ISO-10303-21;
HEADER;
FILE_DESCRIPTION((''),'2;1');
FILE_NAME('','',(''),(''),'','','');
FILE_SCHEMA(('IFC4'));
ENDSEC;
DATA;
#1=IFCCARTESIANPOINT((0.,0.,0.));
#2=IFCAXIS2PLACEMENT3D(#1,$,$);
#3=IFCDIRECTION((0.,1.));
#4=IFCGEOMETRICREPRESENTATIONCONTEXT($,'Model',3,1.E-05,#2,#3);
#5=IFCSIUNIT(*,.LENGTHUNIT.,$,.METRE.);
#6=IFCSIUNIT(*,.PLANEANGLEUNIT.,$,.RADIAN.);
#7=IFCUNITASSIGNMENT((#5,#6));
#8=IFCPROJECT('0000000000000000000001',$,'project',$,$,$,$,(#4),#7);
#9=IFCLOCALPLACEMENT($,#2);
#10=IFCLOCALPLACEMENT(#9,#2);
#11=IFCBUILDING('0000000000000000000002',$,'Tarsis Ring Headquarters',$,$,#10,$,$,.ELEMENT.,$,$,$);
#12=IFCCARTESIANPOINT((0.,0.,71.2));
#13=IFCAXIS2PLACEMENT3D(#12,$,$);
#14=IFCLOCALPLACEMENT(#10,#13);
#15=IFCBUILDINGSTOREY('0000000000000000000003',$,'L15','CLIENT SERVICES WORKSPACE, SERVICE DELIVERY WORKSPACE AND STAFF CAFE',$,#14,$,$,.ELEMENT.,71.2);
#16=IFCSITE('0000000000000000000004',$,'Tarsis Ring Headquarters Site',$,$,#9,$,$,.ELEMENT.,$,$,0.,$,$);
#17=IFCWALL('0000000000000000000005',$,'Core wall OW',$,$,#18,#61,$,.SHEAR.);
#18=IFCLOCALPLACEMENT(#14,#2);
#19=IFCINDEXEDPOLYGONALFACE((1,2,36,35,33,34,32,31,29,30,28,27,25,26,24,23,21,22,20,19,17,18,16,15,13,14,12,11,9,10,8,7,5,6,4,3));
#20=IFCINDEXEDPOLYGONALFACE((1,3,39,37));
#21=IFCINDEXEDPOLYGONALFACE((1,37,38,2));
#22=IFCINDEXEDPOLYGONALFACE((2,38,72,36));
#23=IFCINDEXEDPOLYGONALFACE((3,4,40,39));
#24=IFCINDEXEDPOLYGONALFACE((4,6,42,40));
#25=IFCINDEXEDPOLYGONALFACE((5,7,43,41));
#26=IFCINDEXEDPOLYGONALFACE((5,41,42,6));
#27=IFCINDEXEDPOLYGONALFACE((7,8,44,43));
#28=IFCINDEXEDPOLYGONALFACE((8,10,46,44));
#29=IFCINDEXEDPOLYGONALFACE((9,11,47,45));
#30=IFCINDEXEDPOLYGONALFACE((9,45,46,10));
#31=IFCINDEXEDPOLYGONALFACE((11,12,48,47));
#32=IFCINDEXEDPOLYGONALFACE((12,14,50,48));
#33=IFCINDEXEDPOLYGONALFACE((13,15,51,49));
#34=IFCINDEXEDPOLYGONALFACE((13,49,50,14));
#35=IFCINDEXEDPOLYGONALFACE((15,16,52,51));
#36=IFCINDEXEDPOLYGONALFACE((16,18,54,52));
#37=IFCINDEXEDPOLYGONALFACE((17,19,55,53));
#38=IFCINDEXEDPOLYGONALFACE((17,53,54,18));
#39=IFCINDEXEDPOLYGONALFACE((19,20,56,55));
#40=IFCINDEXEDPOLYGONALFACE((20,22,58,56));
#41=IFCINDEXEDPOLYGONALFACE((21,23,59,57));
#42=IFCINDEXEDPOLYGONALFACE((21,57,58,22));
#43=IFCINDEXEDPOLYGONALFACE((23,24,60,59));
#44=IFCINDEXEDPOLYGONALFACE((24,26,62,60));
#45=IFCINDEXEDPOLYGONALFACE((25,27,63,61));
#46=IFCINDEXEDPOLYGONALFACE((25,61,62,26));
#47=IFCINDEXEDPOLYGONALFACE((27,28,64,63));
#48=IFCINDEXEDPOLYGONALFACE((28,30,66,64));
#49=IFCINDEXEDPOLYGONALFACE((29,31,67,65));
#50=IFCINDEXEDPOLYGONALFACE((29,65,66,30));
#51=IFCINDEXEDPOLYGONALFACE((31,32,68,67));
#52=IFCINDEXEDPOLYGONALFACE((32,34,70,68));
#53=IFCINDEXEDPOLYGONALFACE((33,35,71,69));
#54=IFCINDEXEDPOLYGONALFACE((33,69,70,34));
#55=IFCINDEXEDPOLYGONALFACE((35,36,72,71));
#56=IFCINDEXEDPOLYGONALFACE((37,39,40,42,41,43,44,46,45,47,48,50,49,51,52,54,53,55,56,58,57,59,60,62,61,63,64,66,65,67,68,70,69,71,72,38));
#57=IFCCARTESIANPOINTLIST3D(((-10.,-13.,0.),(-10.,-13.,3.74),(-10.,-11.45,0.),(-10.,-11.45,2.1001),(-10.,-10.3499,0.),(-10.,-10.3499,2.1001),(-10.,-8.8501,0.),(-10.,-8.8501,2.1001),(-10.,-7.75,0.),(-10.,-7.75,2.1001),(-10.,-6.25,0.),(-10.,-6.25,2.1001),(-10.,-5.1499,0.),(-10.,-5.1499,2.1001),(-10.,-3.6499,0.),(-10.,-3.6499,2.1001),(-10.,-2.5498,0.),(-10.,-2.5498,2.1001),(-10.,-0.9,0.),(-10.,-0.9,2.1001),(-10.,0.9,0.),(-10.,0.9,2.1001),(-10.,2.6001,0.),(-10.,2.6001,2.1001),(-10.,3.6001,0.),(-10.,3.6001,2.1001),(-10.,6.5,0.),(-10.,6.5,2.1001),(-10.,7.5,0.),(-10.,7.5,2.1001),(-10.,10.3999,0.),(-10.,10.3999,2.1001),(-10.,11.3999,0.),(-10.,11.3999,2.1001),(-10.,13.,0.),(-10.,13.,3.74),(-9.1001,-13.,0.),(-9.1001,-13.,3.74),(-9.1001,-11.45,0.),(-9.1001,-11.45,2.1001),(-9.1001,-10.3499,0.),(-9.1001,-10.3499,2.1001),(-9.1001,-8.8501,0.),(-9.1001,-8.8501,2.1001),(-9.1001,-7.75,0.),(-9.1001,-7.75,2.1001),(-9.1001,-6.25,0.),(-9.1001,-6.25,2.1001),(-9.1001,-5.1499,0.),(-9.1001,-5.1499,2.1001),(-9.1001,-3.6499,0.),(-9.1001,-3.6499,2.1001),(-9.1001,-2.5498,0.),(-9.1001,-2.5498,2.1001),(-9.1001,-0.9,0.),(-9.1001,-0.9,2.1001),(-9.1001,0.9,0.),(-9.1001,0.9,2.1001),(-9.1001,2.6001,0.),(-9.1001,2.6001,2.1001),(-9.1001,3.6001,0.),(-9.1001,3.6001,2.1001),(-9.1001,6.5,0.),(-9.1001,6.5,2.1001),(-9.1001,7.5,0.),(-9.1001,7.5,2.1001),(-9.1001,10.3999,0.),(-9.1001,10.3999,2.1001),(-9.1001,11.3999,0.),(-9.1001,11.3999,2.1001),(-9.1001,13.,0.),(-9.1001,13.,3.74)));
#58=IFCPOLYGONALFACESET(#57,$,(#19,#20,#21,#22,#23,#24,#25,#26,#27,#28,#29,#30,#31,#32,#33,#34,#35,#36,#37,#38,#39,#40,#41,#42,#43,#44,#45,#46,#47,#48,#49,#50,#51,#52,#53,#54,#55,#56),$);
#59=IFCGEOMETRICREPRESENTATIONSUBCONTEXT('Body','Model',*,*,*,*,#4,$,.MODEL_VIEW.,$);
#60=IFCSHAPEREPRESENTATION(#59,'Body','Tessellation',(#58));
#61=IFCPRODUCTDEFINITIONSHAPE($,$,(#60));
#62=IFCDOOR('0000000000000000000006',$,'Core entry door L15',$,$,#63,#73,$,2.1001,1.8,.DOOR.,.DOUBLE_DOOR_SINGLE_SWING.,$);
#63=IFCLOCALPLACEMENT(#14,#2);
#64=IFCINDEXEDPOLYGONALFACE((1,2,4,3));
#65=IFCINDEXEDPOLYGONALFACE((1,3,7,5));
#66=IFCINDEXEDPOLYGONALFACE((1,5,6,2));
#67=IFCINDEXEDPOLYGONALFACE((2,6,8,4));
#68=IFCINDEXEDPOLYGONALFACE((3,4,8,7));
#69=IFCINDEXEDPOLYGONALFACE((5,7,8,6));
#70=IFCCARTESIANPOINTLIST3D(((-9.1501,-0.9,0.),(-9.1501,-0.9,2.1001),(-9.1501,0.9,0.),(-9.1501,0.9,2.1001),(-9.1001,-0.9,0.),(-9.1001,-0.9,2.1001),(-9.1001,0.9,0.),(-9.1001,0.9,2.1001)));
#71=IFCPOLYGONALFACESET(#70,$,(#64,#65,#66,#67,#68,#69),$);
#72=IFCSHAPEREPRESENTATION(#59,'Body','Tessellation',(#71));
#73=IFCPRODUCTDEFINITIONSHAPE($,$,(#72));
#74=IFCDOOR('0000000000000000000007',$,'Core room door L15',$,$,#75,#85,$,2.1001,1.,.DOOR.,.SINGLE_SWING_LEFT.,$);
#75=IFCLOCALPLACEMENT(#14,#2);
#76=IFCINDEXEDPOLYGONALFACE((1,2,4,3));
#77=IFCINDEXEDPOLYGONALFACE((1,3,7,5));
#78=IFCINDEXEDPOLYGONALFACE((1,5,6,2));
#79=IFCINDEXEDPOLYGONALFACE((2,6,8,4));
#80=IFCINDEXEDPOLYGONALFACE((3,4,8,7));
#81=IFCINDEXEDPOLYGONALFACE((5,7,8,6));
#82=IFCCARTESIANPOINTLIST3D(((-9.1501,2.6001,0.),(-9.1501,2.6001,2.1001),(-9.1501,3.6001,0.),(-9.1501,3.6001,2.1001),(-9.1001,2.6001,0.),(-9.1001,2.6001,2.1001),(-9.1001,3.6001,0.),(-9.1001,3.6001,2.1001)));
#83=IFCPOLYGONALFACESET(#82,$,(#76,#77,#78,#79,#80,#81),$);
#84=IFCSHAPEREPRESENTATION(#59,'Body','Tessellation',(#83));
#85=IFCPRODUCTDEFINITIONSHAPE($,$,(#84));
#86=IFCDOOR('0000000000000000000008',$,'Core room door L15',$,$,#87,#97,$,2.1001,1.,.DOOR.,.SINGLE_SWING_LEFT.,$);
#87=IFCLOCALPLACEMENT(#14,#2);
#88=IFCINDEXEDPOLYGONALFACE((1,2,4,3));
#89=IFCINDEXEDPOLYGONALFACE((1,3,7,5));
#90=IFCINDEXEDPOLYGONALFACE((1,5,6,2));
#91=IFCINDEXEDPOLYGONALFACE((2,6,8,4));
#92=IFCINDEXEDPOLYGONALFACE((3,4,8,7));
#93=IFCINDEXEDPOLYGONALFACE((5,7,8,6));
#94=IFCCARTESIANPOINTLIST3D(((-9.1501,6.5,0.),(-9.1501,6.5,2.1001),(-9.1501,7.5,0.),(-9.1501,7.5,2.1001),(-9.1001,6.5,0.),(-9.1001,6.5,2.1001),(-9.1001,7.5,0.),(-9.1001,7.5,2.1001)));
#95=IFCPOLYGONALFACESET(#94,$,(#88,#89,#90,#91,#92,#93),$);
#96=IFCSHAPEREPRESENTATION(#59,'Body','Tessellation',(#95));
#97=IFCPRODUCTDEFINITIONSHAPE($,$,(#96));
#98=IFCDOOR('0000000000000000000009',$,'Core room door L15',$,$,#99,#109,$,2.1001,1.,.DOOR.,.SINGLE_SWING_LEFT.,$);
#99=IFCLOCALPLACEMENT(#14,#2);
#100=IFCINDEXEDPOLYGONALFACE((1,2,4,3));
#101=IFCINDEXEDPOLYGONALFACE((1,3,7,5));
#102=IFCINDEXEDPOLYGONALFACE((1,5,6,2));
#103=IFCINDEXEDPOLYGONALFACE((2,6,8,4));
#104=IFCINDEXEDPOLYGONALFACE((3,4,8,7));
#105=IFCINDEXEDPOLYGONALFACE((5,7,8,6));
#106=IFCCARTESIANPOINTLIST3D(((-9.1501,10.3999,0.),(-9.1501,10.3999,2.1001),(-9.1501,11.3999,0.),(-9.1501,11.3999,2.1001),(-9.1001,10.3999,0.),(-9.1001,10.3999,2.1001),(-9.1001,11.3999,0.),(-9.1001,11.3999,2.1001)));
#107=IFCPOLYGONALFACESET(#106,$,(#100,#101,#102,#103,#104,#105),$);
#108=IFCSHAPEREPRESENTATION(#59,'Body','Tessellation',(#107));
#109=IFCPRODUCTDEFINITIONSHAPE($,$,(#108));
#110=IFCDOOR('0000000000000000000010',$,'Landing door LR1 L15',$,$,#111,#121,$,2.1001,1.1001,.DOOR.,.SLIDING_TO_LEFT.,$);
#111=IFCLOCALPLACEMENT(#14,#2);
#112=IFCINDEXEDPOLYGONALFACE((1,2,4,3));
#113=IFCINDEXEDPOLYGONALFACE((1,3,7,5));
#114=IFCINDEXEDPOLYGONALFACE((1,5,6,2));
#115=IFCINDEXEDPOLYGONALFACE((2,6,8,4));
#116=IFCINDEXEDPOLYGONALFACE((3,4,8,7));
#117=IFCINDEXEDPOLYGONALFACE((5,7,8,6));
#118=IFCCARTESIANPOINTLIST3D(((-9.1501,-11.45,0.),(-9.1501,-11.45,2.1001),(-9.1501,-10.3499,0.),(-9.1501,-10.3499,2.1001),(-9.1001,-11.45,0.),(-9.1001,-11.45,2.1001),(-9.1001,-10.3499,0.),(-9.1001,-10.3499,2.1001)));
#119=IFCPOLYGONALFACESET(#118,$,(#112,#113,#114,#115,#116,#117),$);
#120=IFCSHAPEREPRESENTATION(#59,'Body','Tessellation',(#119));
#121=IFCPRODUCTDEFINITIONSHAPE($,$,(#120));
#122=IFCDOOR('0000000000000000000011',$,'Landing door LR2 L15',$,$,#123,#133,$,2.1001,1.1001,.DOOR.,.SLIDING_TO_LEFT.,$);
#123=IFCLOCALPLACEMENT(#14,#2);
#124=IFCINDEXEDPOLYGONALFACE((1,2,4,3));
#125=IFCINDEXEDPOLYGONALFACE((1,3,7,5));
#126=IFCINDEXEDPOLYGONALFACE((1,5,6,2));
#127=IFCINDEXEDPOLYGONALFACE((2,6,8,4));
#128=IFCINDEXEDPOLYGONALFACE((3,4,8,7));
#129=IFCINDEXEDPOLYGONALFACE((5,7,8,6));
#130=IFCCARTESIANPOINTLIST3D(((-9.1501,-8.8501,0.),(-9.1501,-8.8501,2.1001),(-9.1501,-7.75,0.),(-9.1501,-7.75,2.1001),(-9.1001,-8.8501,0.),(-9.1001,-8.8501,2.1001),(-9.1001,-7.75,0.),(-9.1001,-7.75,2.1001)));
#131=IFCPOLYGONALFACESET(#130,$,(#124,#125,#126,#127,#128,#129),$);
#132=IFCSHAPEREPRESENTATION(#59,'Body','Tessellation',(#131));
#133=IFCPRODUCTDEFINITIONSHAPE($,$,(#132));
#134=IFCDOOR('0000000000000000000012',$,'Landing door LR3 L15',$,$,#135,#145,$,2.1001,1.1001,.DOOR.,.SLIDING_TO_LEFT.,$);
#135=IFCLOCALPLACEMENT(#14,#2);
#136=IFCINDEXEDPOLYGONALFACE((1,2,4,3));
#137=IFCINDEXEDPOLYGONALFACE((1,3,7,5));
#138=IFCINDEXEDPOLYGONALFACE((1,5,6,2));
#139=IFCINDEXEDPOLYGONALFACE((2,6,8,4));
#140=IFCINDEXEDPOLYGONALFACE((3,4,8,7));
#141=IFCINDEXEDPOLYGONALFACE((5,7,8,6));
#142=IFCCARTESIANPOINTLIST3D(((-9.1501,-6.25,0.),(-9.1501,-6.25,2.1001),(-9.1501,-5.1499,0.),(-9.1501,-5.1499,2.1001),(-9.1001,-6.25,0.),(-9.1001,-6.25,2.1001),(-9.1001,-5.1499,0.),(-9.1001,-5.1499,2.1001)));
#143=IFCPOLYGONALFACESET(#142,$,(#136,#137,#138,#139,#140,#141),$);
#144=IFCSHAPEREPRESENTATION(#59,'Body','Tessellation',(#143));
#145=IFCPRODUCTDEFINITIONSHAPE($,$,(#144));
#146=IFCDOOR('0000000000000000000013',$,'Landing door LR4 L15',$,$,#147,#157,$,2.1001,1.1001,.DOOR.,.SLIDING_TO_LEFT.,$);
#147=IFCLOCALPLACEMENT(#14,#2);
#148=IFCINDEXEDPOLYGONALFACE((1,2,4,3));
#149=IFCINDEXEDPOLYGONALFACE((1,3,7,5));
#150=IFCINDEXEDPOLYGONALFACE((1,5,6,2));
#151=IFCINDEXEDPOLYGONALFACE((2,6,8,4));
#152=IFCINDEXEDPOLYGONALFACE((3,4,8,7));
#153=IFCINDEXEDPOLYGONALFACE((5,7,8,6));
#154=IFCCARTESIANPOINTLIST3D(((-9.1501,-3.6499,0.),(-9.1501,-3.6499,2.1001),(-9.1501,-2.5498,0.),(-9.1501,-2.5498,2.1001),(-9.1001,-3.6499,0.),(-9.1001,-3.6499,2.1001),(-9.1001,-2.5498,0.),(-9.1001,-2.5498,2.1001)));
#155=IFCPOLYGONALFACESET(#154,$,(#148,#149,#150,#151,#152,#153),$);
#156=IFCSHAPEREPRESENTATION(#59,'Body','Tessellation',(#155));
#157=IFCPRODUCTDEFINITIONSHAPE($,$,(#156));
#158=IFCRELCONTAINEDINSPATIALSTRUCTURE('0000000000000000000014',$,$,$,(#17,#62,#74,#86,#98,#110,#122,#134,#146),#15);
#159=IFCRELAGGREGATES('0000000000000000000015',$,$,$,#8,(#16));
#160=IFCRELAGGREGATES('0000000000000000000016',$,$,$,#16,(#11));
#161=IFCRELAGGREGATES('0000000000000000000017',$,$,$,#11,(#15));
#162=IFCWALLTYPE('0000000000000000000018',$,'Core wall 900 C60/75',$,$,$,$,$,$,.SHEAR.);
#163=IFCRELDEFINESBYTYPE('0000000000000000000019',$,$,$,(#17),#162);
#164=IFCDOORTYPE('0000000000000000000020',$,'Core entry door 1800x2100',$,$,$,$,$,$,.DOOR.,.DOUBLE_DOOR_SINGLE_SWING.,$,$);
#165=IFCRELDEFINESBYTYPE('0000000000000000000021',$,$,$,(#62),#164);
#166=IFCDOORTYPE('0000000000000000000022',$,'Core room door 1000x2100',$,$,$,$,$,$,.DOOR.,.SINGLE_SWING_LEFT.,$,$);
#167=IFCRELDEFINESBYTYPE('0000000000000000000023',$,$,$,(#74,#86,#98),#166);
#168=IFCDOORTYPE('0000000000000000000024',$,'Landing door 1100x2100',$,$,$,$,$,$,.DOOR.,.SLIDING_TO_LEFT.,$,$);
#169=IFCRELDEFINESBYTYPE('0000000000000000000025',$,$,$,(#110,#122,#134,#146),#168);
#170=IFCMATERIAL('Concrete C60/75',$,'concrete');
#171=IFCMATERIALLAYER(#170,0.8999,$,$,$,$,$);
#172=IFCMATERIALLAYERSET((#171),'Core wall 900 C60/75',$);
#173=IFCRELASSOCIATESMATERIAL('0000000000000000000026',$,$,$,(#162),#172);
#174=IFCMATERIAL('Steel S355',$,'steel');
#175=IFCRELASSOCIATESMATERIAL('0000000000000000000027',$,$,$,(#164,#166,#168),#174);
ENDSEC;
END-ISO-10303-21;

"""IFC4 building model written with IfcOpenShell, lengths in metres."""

from ifc_helpers import new_model, si_unit, direction, frame, frame_2d, origin, place, context, subcontext, project, spatial, rectangle, extrude, material, layer, layer_set, type_object, element, fill, save


model = new_model("IFC4")

# Units and contexts
model_context = context("Model", 3, precision=1e-05, world=origin(), true_north=direction((0.0, 1.0)))
body_context = subcontext(model_context, "Body", "Model", "MODEL_VIEW")
ifc_project = project(units=[si_unit("LENGTHUNIT", "METRE"), si_unit("PLANEANGLEUNIT", "RADIAN")], contexts=[model_context])

# Site, building, storey
site_placement = place(None, origin())
site = spatial("IfcSite", under=ifc_project, at=site_placement, Name="Tarsis Ring Headquarters Site", CompositionType="ELEMENT", RefElevation=0.0)
building_placement = place(site_placement, origin())
building = spatial("IfcBuilding", under=site, at=building_placement, Name="Tarsis Ring Headquarters", CompositionType="ELEMENT")
storey_placement = place(building_placement, frame((0.0, 0.0, 71.2)))
storey = spatial("IfcBuildingStorey", under=building, at=storey_placement, Name="L15", Description="CLIENT SERVICES WORKSPACE, SERVICE DELIVERY WORKSPACE AND STAFF CAFE", CompositionType="ELEMENT", Elevation=71.2)

# Wall, openings, doors
ifc_material_1 = material(Name="Concrete C60/75", Category="concrete")
ifc_layer_1 = layer(ifc_material_1, 0.8999)
ifc_layer_set_1 = layer_set([ifc_layer_1], Name="Core wall 900 C60/75")
wall_type_1 = type_object("IfcWallType", Name="Core wall 900 C60/75", PredefinedType="SHEAR", material=ifc_layer_set_1)
wall_1_placement = place(storey_placement, frame((-9.55, -13.0, 0.0), z_axis=(0.0, 0.0, 1.0), x_axis=(0.0, 1.0, 0.0)))
wall_1 = element("IfcWall", 1, at=wall_1_placement, inside=storey, type_object=wall_type_1, Name="Core wall OW", PredefinedType="SHEAR", context=body_context, shape_type="SweptSolid", body=[
    extrude(rectangle(XDim=26.0, YDim=0.8999, at=frame_2d((13.0, 0.0))), origin(), (0.0, 0.0, 1.0), 3.74),
])
opening_1_placement = place(wall_1_placement, frame((1.55, 0.0, 0.0)))
opening_1 = element("IfcOpeningElement", 2, at=opening_1_placement, cuts=wall_1, PredefinedType="OPENING", context=body_context, shape_type="SweptSolid", body=[
    extrude(rectangle(XDim=1.1001, YDim=2.1001, at=frame_2d((0.55, 1.05))), frame((0.0, 0.46, 0.0), z_axis=(0.0, -1.0, 0.0), x_axis=(1.0, 0.0, 0.0)), (0.0, 0.0, 1.0), 0.9199),
])
opening_2_placement = place(wall_1_placement, frame((4.1499, 0.0, 0.0)))
opening_2 = element("IfcOpeningElement", 3, at=opening_2_placement, cuts=wall_1, PredefinedType="OPENING", context=body_context, shape_type="SweptSolid", body=[
    extrude(rectangle(XDim=1.1001, YDim=2.1001, at=frame_2d((0.55, 1.05))), frame((0.0, 0.46, 0.0), z_axis=(0.0, -1.0, 0.0), x_axis=(1.0, 0.0, 0.0)), (0.0, 0.0, 1.0), 0.9199),
])
opening_3_placement = place(wall_1_placement, frame((6.75, 0.0, 0.0)))
opening_3 = element("IfcOpeningElement", 4, at=opening_3_placement, cuts=wall_1, PredefinedType="OPENING", context=body_context, shape_type="SweptSolid", body=[
    extrude(rectangle(XDim=1.1001, YDim=2.1001, at=frame_2d((0.55, 1.05))), frame((0.0, 0.46, 0.0), z_axis=(0.0, -1.0, 0.0), x_axis=(1.0, 0.0, 0.0)), (0.0, 0.0, 1.0), 0.9199),
])
opening_4_placement = place(wall_1_placement, frame((9.3501, 0.0, 0.0)))
opening_4 = element("IfcOpeningElement", 5, at=opening_4_placement, cuts=wall_1, PredefinedType="OPENING", context=body_context, shape_type="SweptSolid", body=[
    extrude(rectangle(XDim=1.1001, YDim=2.1001, at=frame_2d((0.55, 1.05))), frame((0.0, 0.46, 0.0), z_axis=(0.0, -1.0, 0.0), x_axis=(1.0, 0.0, 0.0)), (0.0, 0.0, 1.0), 0.9199),
])
opening_5_placement = place(wall_1_placement, frame((12.1001, 0.0, 0.0)))
opening_5 = element("IfcOpeningElement", 6, at=opening_5_placement, cuts=wall_1, PredefinedType="OPENING", context=body_context, shape_type="SweptSolid", body=[
    extrude(rectangle(XDim=1.8, YDim=2.1001, at=frame_2d((0.8999, 1.05))), frame((0.0, 0.46, 0.0), z_axis=(0.0, -1.0, 0.0), x_axis=(1.0, 0.0, 0.0)), (0.0, 0.0, 1.0), 0.9199),
])
opening_6_placement = place(wall_1_placement, frame((15.6001, 0.0, 0.0)))
opening_6 = element("IfcOpeningElement", 7, at=opening_6_placement, cuts=wall_1, PredefinedType="OPENING", context=body_context, shape_type="SweptSolid", body=[
    extrude(rectangle(XDim=1.0, YDim=2.1001, at=frame_2d((0.5, 1.05))), frame((0.0, 0.46, 0.0), z_axis=(0.0, -1.0, 0.0), x_axis=(1.0, 0.0, 0.0)), (0.0, 0.0, 1.0), 0.9199),
])
opening_7_placement = place(wall_1_placement, frame((19.5, 0.0, 0.0)))
opening_7 = element("IfcOpeningElement", 8, at=opening_7_placement, cuts=wall_1, PredefinedType="OPENING", context=body_context, shape_type="SweptSolid", body=[
    extrude(rectangle(XDim=1.0, YDim=2.1001, at=frame_2d((0.5, 1.05))), frame((0.0, 0.46, 0.0), z_axis=(0.0, -1.0, 0.0), x_axis=(1.0, 0.0, 0.0)), (0.0, 0.0, 1.0), 0.9199),
])
opening_8_placement = place(wall_1_placement, frame((23.3999, 0.0, 0.0)))
opening_8 = element("IfcOpeningElement", 9, at=opening_8_placement, cuts=wall_1, PredefinedType="OPENING", context=body_context, shape_type="SweptSolid", body=[
    extrude(rectangle(XDim=1.0, YDim=2.1001, at=frame_2d((0.5, 1.05))), frame((0.0, 0.46, 0.0), z_axis=(0.0, -1.0, 0.0), x_axis=(1.0, 0.0, 0.0)), (0.0, 0.0, 1.0), 0.9199),
])
ifc_material_2 = material(Name="Steel S355", Category="steel")
door_type_1 = type_object("IfcDoorType", Name="Core entry door 1800x2100", OperationType="DOUBLE_DOOR_SINGLE_SWING", PredefinedType="DOOR", material=ifc_material_2)
door_1_placement = place(opening_5_placement, origin())
door_1 = element("IfcDoor", 10, at=door_1_placement, inside=storey, type_object=door_type_1, Name="Core entry door L15", OperationType="DOUBLE_DOOR_SINGLE_SWING", OverallHeight=2.1001, OverallWidth=1.8, PredefinedType="DOOR", context=body_context, shape_type="SweptSolid", body=[
    extrude(rectangle(XDim=1.8, YDim=2.1001, at=frame_2d((0.8999, 1.05))), frame((0.0, -0.3999, 0.0), z_axis=(0.0, -1.0, 0.0), x_axis=(1.0, 0.0, 0.0)), (0.0, 0.0, 1.0), 0.05),
])
fill(opening_5, door_1)
door_type_2 = type_object("IfcDoorType", Name="Core room door 1000x2100", OperationType="SINGLE_SWING_LEFT", PredefinedType="DOOR", material=ifc_material_2)
door_2_placement = place(opening_6_placement, origin())
door_2 = element("IfcDoor", 11, at=door_2_placement, inside=storey, type_object=door_type_2, Name="Core room door L15", OperationType="SINGLE_SWING_LEFT", OverallHeight=2.1001, OverallWidth=1.0, PredefinedType="DOOR", context=body_context, shape_type="SweptSolid", body=[
    extrude(rectangle(XDim=1.0, YDim=2.1001, at=frame_2d((0.5, 1.05))), frame((0.0, -0.3999, 0.0), z_axis=(0.0, -1.0, 0.0), x_axis=(1.0, 0.0, 0.0)), (0.0, 0.0, 1.0), 0.05),
])
fill(opening_6, door_2)
door_3_placement = place(opening_7_placement, origin())
door_3 = element("IfcDoor", 12, at=door_3_placement, inside=storey, type_object=door_type_2, Name="Core room door L15", OperationType="SINGLE_SWING_LEFT", OverallHeight=2.1001, OverallWidth=1.0, PredefinedType="DOOR", context=body_context, shape_type="SweptSolid", body=[
    extrude(rectangle(XDim=1.0, YDim=2.1001, at=frame_2d((0.5, 1.05))), frame((0.0, -0.3999, 0.0), z_axis=(0.0, -1.0, 0.0), x_axis=(1.0, 0.0, 0.0)), (0.0, 0.0, 1.0), 0.05),
])
fill(opening_7, door_3)
door_4_placement = place(opening_8_placement, origin())
door_4 = element("IfcDoor", 13, at=door_4_placement, inside=storey, type_object=door_type_2, Name="Core room door L15", OperationType="SINGLE_SWING_LEFT", OverallHeight=2.1001, OverallWidth=1.0, PredefinedType="DOOR", context=body_context, shape_type="SweptSolid", body=[
    extrude(rectangle(XDim=1.0, YDim=2.1001, at=frame_2d((0.5, 1.05))), frame((0.0, -0.3999, 0.0), z_axis=(0.0, -1.0, 0.0), x_axis=(1.0, 0.0, 0.0)), (0.0, 0.0, 1.0), 0.05),
])
fill(opening_8, door_4)
door_type_3 = type_object("IfcDoorType", Name="Landing door 1100x2100", OperationType="SLIDING_TO_LEFT", PredefinedType="DOOR", material=ifc_material_2)
door_5_placement = place(opening_1_placement, origin())
door_5 = element("IfcDoor", 14, at=door_5_placement, inside=storey, type_object=door_type_3, Name="Landing door LR1 L15", OperationType="SLIDING_TO_LEFT", OverallHeight=2.1001, OverallWidth=1.1001, PredefinedType="DOOR", context=body_context, shape_type="SweptSolid", body=[
    extrude(rectangle(XDim=1.1001, YDim=2.1001, at=frame_2d((0.55, 1.05))), frame((0.0, -0.3999, 0.0), z_axis=(0.0, -1.0, 0.0), x_axis=(1.0, 0.0, 0.0)), (0.0, 0.0, 1.0), 0.05),
])
fill(opening_1, door_5)
door_6_placement = place(opening_2_placement, origin())
door_6 = element("IfcDoor", 15, at=door_6_placement, inside=storey, type_object=door_type_3, Name="Landing door LR2 L15", OperationType="SLIDING_TO_LEFT", OverallHeight=2.1001, OverallWidth=1.1001, PredefinedType="DOOR", context=body_context, shape_type="SweptSolid", body=[
    extrude(rectangle(XDim=1.1001, YDim=2.1001, at=frame_2d((0.55, 1.05))), frame((0.0, -0.3999, 0.0), z_axis=(0.0, -1.0, 0.0), x_axis=(1.0, 0.0, 0.0)), (0.0, 0.0, 1.0), 0.05),
])
fill(opening_2, door_6)
door_7_placement = place(opening_3_placement, origin())
door_7 = element("IfcDoor", 16, at=door_7_placement, inside=storey, type_object=door_type_3, Name="Landing door LR3 L15", OperationType="SLIDING_TO_LEFT", OverallHeight=2.1001, OverallWidth=1.1001, PredefinedType="DOOR", context=body_context, shape_type="SweptSolid", body=[
    extrude(rectangle(XDim=1.1001, YDim=2.1001, at=frame_2d((0.55, 1.05))), frame((0.0, -0.3999, 0.0), z_axis=(0.0, -1.0, 0.0), x_axis=(1.0, 0.0, 0.0)), (0.0, 0.0, 1.0), 0.05),
])
fill(opening_3, door_7)
door_8_placement = place(opening_4_placement, origin())
door_8 = element("IfcDoor", 17, at=door_8_placement, inside=storey, type_object=door_type_3, Name="Landing door LR4 L15", OperationType="SLIDING_TO_LEFT", OverallHeight=2.1001, OverallWidth=1.1001, PredefinedType="DOOR", context=body_context, shape_type="SweptSolid", body=[
    extrude(rectangle(XDim=1.1001, YDim=2.1001, at=frame_2d((0.55, 1.05))), frame((0.0, -0.3999, 0.0), z_axis=(0.0, -1.0, 0.0), x_axis=(1.0, 0.0, 0.0)), (0.0, 0.0, 1.0), 0.05),
])
fill(opening_4, door_8)

save(model, "model.ifc")
